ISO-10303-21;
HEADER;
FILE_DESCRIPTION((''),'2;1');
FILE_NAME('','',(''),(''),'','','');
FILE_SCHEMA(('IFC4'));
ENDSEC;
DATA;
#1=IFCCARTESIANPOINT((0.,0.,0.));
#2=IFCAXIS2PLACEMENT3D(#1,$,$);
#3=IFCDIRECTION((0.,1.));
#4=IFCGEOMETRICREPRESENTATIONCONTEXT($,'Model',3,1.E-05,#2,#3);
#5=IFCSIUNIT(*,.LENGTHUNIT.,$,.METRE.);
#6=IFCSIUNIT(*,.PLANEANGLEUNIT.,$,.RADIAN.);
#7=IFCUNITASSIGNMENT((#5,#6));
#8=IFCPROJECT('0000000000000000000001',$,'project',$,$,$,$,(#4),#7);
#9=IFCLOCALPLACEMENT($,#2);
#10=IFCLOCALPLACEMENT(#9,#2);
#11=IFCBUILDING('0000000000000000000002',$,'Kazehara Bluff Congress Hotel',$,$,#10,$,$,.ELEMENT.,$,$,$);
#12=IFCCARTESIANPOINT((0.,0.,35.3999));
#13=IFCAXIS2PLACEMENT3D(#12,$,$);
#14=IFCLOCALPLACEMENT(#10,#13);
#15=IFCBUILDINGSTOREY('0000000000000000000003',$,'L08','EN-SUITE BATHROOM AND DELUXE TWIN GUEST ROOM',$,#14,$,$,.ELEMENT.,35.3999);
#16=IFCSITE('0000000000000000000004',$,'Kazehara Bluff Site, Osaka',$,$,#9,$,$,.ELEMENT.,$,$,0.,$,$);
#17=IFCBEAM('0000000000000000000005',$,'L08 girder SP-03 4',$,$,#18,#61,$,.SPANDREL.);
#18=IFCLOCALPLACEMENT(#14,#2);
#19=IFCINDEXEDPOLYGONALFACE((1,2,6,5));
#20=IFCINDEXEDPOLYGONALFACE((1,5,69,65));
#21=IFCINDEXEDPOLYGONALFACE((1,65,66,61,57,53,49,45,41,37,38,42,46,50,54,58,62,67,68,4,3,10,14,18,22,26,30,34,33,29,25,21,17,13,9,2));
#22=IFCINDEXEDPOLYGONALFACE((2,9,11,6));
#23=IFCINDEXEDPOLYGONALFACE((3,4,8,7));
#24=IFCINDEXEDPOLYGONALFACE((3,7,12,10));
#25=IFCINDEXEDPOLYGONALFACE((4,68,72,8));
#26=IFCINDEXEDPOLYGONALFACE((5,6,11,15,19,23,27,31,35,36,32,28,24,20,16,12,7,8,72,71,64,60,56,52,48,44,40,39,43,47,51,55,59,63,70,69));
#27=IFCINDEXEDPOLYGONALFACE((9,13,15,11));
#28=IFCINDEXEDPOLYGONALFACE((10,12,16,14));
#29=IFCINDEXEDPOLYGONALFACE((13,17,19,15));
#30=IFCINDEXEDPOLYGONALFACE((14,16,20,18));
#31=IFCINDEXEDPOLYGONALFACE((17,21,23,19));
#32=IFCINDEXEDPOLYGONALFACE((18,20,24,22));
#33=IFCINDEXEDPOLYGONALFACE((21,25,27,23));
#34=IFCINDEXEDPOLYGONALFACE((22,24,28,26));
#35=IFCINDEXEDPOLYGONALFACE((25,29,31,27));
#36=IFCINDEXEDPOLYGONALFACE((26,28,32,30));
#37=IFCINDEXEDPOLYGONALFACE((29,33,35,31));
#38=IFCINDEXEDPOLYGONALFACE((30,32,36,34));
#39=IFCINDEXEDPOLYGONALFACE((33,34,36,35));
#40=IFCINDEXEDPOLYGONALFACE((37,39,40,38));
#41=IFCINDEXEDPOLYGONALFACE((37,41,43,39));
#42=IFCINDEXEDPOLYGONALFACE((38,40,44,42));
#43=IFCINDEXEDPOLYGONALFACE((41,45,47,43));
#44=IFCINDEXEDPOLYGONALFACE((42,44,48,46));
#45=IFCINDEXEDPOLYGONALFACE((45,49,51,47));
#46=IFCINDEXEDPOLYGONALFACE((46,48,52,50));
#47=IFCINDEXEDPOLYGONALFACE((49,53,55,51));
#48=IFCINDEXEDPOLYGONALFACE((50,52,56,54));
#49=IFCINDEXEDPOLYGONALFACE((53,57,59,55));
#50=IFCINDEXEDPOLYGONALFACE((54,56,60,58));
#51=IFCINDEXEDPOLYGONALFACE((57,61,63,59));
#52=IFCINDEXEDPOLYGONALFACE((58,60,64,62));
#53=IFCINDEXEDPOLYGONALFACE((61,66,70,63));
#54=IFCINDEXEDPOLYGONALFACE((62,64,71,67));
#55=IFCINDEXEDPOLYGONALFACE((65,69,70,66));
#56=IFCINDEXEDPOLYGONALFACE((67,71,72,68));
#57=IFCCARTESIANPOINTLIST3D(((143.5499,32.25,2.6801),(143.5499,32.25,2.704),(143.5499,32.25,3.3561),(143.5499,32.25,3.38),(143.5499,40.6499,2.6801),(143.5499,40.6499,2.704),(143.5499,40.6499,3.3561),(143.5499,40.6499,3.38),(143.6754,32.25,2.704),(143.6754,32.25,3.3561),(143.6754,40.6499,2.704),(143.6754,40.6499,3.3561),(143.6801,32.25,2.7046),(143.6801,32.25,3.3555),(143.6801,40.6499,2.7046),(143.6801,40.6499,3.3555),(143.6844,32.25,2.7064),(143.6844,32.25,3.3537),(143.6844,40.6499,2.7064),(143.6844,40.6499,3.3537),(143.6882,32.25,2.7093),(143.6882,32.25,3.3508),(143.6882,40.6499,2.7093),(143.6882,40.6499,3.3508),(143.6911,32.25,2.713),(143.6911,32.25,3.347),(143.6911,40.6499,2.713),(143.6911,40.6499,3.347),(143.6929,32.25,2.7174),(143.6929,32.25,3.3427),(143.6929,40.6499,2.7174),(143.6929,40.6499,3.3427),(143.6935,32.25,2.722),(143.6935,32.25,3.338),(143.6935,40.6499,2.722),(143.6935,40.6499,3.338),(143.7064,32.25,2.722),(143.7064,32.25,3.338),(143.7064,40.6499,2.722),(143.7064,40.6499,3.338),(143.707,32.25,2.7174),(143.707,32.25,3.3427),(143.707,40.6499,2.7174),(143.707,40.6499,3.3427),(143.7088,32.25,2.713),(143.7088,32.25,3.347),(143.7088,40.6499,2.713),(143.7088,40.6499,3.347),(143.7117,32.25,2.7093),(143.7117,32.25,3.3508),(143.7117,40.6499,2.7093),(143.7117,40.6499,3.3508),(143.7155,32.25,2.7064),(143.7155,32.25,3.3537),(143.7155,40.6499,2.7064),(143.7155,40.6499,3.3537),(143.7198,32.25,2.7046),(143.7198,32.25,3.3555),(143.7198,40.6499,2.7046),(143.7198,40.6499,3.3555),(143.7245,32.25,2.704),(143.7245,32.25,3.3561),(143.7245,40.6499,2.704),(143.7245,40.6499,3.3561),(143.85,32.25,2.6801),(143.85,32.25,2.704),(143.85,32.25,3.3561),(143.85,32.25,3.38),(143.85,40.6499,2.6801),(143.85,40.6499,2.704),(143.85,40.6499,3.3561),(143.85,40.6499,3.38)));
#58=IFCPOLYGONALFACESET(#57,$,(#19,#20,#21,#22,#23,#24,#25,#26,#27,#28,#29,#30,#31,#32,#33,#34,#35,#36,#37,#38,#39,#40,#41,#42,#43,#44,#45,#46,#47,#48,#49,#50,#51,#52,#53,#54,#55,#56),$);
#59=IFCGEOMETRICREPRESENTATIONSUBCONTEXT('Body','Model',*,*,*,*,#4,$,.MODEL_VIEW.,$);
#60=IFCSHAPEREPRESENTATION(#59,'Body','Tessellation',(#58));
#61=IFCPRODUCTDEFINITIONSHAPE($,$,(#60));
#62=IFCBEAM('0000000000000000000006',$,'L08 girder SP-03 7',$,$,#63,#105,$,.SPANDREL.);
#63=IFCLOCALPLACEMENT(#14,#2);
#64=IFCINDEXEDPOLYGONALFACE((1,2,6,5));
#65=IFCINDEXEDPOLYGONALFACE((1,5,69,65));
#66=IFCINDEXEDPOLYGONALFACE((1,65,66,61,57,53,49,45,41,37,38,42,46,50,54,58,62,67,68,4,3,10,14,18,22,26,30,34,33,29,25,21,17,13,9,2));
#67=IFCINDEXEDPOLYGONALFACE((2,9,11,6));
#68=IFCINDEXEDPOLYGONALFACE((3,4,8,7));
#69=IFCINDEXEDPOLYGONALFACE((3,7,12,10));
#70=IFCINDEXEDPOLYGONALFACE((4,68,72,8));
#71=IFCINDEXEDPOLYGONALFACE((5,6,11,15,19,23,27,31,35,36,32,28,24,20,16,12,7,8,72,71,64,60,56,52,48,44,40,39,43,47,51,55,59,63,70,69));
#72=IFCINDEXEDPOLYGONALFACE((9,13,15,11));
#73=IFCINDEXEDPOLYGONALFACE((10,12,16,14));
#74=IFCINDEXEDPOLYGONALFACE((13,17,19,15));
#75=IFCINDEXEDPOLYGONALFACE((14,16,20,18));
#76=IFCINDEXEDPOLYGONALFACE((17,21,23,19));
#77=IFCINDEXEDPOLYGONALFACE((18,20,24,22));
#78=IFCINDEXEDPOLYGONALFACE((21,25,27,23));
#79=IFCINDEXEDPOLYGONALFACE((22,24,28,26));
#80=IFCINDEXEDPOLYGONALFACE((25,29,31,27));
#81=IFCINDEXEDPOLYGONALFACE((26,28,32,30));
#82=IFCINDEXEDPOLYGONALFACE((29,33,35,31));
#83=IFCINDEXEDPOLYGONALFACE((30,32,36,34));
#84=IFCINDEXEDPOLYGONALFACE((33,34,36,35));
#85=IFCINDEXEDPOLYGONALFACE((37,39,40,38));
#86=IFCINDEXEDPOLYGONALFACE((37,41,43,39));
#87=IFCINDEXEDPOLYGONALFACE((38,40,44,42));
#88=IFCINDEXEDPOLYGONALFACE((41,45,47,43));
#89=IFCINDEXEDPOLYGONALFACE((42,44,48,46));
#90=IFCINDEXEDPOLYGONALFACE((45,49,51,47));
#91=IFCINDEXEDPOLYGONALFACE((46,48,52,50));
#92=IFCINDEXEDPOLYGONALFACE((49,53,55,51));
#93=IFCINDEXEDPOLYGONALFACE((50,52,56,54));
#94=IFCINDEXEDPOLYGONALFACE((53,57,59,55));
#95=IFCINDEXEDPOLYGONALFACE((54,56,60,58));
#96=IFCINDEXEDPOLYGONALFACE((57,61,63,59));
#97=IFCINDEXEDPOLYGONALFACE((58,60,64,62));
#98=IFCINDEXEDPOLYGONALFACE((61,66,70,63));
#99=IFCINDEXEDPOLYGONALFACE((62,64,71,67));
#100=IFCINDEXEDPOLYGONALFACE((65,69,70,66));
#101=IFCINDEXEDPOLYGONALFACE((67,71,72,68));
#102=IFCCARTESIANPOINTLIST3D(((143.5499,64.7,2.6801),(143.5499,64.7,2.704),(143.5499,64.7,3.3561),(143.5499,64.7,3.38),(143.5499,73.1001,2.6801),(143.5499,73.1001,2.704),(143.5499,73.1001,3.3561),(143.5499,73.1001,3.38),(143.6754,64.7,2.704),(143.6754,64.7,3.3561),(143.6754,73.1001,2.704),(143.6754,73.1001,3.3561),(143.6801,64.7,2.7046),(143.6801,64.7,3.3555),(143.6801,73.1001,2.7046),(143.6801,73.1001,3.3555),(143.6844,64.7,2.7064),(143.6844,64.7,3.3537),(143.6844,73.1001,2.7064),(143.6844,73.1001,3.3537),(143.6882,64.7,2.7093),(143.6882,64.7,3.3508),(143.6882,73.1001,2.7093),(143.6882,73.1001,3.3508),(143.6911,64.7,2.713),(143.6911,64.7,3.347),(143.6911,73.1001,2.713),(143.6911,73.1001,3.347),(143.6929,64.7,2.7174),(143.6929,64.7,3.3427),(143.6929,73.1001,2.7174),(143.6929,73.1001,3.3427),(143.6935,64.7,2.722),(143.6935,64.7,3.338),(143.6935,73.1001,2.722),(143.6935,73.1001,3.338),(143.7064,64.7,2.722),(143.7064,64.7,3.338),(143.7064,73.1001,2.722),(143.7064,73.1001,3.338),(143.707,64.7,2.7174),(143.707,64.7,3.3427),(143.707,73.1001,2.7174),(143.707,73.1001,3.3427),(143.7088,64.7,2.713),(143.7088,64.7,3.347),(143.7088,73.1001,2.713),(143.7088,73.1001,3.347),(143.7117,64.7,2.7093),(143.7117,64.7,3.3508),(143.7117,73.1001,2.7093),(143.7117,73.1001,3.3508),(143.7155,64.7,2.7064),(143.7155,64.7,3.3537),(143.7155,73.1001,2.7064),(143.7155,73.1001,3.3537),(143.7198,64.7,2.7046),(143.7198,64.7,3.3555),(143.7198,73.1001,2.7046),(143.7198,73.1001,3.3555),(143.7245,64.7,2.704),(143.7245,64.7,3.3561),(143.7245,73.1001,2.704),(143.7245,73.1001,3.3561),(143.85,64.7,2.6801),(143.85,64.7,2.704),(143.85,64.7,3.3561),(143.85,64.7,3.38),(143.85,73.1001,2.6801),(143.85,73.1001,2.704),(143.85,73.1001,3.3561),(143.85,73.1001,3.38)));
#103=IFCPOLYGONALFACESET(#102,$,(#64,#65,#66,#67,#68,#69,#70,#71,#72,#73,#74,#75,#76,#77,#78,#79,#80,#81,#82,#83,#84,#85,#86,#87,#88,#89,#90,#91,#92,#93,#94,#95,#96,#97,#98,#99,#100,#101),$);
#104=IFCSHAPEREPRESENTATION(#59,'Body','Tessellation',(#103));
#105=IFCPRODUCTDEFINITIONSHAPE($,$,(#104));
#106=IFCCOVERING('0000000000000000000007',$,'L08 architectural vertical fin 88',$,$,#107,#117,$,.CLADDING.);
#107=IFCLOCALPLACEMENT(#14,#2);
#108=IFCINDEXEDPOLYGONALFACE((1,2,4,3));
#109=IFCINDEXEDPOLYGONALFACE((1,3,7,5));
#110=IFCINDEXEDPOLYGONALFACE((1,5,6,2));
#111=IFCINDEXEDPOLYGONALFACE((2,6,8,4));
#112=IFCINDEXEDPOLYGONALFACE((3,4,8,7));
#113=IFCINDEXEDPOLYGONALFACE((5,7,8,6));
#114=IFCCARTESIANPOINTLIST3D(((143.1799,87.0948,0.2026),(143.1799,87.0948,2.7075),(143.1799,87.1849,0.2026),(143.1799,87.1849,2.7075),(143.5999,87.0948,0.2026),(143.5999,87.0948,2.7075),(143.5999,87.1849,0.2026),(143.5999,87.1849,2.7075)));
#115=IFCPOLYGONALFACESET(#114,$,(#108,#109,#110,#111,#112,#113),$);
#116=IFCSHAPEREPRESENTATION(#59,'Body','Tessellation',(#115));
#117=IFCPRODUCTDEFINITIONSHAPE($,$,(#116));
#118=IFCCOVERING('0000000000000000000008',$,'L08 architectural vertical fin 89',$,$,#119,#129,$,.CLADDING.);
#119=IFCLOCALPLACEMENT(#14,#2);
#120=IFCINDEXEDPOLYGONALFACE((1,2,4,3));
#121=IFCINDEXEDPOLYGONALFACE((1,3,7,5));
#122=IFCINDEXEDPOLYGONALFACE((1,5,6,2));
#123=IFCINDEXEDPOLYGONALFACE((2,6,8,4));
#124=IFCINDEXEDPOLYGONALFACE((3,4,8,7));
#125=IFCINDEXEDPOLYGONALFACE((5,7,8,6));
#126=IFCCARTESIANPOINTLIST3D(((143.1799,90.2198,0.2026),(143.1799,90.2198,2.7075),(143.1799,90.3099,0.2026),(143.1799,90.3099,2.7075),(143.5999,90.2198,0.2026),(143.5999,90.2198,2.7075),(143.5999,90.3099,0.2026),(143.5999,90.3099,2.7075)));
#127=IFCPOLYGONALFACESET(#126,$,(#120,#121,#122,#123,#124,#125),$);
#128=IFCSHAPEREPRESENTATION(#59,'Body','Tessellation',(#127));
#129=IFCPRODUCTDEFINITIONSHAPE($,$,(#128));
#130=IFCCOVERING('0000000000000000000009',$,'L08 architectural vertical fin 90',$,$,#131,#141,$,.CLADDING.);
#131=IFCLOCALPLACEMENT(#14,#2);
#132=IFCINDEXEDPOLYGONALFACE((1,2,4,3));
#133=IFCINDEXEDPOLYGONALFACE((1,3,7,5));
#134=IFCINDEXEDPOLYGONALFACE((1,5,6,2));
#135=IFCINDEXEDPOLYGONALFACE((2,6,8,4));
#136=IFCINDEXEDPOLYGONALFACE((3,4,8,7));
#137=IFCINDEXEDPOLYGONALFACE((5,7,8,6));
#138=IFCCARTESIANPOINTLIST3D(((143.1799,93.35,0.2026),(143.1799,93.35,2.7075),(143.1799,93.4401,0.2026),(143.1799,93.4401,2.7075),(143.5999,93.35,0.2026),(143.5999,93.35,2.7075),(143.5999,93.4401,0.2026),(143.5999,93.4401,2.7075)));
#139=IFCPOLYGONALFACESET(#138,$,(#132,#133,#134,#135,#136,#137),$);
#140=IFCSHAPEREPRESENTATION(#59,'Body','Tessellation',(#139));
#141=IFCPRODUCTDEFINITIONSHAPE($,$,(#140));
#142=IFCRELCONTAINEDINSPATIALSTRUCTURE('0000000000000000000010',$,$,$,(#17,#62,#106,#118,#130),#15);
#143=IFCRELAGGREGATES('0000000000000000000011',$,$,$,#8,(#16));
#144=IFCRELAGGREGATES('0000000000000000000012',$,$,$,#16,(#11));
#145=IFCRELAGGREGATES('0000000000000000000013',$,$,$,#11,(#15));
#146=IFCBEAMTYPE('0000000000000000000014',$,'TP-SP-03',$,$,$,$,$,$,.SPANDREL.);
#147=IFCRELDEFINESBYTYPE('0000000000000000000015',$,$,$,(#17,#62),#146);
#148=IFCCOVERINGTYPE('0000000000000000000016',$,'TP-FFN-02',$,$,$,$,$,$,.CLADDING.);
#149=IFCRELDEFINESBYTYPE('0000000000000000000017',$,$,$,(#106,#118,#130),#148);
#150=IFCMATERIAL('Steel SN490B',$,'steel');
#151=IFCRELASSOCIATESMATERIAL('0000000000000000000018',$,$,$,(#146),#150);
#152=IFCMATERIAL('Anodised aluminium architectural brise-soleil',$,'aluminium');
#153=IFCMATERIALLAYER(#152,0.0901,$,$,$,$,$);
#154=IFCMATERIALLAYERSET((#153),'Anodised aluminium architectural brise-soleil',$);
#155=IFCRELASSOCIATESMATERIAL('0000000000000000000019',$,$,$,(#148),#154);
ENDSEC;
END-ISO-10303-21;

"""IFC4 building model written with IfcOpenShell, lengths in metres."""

from ifc_helpers import new_model, si_unit, direction, frame, origin, origin_2d, place, context, subcontext, project, spatial, rectangle, i_section, extrude, material, layer, layer_set, material_profile, profile_set, type_object, element, save


model = new_model("IFC4")

# Units and contexts
model_context = context("Model", 3, precision=1e-05, world=origin(), true_north=direction((0.0, 1.0)))
body_context = subcontext(model_context, "Body", "Model", "MODEL_VIEW")
ifc_project = project(units=[si_unit("LENGTHUNIT", "METRE"), si_unit("PLANEANGLEUNIT", "RADIAN")], contexts=[model_context])

# Site, building, storey
site_placement = place(None, origin())
site = spatial("IfcSite", under=ifc_project, at=site_placement, Name="Kazehara Bluff Site, Osaka", CompositionType="ELEMENT", RefElevation=0.0)
building_placement = place(site_placement, origin())
building = spatial("IfcBuilding", under=site, at=building_placement, Name="Kazehara Bluff Congress Hotel", CompositionType="ELEMENT")
storey_placement = place(building_placement, frame((0.0, 0.0, 35.3999)))
storey = spatial("IfcBuildingStorey", under=building, at=storey_placement, Name="L08", Description="EN-SUITE BATHROOM AND DELUXE TWIN GUEST ROOM", CompositionType="ELEMENT", Elevation=35.3999)

# Beams
ifc_material_1 = material(Name="Steel SN490B", Category="steel")
ifc_material_profile_1 = material_profile(ifc_material_1, i_section(OverallWidth=0.3, OverallDepth=0.7, WebThickness=0.0129, FlangeThickness=0.0239, FilletRadius=0.0181, at=origin_2d()))
ifc_profile_set_1 = profile_set([ifc_material_profile_1], Name="Steel SN490B")
beam_type_1 = type_object("IfcBeamType", Name="TP-SP-03", PredefinedType="SPANDREL", material=ifc_profile_set_1)
beam_1_placement = place(storey_placement, frame((143.7, 32.25, 3.03), z_axis=(0.0, 1.0, 0.0), x_axis=(-1.0, 0.0, 0.0)))
element("IfcBeam", 1, at=beam_1_placement, inside=storey, type_object=beam_type_1, Name="L08 girder SP-03 4", PredefinedType="SPANDREL", context=body_context, shape_type="SweptSolid", body=[
    extrude(i_section(OverallWidth=0.3, OverallDepth=0.7, WebThickness=0.0129, FlangeThickness=0.0239, FilletRadius=0.0181, at=origin_2d()), origin(), (0.0, 0.0, 1.0), 8.3999),
])
beam_2_placement = place(storey_placement, frame((143.7, 64.7, 3.03), z_axis=(0.0, 1.0, 0.0), x_axis=(-1.0, 0.0, 0.0)))
element("IfcBeam", 2, at=beam_2_placement, inside=storey, type_object=beam_type_1, Name="L08 girder SP-03 7", PredefinedType="SPANDREL", context=body_context, shape_type="SweptSolid", body=[
    extrude(i_section(OverallWidth=0.3, OverallDepth=0.7, WebThickness=0.0129, FlangeThickness=0.0239, FilletRadius=0.0181, at=origin_2d()), origin(), (0.0, 0.0, 1.0), 8.4001),
])

# Coverings
ifc_material_2 = material(Name="Anodised aluminium architectural brise-soleil", Category="aluminium")
ifc_layer = layer(ifc_material_2, 0.0901)
ifc_layer_set = layer_set([ifc_layer], Name="Anodised aluminium architectural brise-soleil")
covering_type = type_object("IfcCoveringType", Name="TP-FFN-02", PredefinedType="CLADDING", material=ifc_layer_set)
for number, where, z_axis, x_axis, name in (
    (3, (143.3899, 87.1399, 0.2026), (0.0, 0.0, 1.0), (1.0, 0.0, 0.0), "L08 architectural vertical fin 88"),
    (4, (143.3899, 90.2649, 0.2026), (0.0, 0.0, 1.0), (1.0, 0.0, 0.0), "L08 architectural vertical fin 89"),
    (5, (143.3899, 93.395, 0.2026), (0.0, 0.0, 1.0), (1.0, 0.0, 0.0), "L08 architectural vertical fin 90"),
):
    element("IfcCovering", number, at=place(storey_placement, frame(where, z_axis=z_axis, x_axis=x_axis)), inside=storey, type_object=covering_type, Name=name, PredefinedType="CLADDING", context=body_context, shape_type="SweptSolid", body=[
        extrude(rectangle(XDim=0.4199, YDim=0.0901, at=origin_2d()), origin(), (0.0, 0.0, 1.0), 2.5049),
    ])

save(model, "model.ifc")
